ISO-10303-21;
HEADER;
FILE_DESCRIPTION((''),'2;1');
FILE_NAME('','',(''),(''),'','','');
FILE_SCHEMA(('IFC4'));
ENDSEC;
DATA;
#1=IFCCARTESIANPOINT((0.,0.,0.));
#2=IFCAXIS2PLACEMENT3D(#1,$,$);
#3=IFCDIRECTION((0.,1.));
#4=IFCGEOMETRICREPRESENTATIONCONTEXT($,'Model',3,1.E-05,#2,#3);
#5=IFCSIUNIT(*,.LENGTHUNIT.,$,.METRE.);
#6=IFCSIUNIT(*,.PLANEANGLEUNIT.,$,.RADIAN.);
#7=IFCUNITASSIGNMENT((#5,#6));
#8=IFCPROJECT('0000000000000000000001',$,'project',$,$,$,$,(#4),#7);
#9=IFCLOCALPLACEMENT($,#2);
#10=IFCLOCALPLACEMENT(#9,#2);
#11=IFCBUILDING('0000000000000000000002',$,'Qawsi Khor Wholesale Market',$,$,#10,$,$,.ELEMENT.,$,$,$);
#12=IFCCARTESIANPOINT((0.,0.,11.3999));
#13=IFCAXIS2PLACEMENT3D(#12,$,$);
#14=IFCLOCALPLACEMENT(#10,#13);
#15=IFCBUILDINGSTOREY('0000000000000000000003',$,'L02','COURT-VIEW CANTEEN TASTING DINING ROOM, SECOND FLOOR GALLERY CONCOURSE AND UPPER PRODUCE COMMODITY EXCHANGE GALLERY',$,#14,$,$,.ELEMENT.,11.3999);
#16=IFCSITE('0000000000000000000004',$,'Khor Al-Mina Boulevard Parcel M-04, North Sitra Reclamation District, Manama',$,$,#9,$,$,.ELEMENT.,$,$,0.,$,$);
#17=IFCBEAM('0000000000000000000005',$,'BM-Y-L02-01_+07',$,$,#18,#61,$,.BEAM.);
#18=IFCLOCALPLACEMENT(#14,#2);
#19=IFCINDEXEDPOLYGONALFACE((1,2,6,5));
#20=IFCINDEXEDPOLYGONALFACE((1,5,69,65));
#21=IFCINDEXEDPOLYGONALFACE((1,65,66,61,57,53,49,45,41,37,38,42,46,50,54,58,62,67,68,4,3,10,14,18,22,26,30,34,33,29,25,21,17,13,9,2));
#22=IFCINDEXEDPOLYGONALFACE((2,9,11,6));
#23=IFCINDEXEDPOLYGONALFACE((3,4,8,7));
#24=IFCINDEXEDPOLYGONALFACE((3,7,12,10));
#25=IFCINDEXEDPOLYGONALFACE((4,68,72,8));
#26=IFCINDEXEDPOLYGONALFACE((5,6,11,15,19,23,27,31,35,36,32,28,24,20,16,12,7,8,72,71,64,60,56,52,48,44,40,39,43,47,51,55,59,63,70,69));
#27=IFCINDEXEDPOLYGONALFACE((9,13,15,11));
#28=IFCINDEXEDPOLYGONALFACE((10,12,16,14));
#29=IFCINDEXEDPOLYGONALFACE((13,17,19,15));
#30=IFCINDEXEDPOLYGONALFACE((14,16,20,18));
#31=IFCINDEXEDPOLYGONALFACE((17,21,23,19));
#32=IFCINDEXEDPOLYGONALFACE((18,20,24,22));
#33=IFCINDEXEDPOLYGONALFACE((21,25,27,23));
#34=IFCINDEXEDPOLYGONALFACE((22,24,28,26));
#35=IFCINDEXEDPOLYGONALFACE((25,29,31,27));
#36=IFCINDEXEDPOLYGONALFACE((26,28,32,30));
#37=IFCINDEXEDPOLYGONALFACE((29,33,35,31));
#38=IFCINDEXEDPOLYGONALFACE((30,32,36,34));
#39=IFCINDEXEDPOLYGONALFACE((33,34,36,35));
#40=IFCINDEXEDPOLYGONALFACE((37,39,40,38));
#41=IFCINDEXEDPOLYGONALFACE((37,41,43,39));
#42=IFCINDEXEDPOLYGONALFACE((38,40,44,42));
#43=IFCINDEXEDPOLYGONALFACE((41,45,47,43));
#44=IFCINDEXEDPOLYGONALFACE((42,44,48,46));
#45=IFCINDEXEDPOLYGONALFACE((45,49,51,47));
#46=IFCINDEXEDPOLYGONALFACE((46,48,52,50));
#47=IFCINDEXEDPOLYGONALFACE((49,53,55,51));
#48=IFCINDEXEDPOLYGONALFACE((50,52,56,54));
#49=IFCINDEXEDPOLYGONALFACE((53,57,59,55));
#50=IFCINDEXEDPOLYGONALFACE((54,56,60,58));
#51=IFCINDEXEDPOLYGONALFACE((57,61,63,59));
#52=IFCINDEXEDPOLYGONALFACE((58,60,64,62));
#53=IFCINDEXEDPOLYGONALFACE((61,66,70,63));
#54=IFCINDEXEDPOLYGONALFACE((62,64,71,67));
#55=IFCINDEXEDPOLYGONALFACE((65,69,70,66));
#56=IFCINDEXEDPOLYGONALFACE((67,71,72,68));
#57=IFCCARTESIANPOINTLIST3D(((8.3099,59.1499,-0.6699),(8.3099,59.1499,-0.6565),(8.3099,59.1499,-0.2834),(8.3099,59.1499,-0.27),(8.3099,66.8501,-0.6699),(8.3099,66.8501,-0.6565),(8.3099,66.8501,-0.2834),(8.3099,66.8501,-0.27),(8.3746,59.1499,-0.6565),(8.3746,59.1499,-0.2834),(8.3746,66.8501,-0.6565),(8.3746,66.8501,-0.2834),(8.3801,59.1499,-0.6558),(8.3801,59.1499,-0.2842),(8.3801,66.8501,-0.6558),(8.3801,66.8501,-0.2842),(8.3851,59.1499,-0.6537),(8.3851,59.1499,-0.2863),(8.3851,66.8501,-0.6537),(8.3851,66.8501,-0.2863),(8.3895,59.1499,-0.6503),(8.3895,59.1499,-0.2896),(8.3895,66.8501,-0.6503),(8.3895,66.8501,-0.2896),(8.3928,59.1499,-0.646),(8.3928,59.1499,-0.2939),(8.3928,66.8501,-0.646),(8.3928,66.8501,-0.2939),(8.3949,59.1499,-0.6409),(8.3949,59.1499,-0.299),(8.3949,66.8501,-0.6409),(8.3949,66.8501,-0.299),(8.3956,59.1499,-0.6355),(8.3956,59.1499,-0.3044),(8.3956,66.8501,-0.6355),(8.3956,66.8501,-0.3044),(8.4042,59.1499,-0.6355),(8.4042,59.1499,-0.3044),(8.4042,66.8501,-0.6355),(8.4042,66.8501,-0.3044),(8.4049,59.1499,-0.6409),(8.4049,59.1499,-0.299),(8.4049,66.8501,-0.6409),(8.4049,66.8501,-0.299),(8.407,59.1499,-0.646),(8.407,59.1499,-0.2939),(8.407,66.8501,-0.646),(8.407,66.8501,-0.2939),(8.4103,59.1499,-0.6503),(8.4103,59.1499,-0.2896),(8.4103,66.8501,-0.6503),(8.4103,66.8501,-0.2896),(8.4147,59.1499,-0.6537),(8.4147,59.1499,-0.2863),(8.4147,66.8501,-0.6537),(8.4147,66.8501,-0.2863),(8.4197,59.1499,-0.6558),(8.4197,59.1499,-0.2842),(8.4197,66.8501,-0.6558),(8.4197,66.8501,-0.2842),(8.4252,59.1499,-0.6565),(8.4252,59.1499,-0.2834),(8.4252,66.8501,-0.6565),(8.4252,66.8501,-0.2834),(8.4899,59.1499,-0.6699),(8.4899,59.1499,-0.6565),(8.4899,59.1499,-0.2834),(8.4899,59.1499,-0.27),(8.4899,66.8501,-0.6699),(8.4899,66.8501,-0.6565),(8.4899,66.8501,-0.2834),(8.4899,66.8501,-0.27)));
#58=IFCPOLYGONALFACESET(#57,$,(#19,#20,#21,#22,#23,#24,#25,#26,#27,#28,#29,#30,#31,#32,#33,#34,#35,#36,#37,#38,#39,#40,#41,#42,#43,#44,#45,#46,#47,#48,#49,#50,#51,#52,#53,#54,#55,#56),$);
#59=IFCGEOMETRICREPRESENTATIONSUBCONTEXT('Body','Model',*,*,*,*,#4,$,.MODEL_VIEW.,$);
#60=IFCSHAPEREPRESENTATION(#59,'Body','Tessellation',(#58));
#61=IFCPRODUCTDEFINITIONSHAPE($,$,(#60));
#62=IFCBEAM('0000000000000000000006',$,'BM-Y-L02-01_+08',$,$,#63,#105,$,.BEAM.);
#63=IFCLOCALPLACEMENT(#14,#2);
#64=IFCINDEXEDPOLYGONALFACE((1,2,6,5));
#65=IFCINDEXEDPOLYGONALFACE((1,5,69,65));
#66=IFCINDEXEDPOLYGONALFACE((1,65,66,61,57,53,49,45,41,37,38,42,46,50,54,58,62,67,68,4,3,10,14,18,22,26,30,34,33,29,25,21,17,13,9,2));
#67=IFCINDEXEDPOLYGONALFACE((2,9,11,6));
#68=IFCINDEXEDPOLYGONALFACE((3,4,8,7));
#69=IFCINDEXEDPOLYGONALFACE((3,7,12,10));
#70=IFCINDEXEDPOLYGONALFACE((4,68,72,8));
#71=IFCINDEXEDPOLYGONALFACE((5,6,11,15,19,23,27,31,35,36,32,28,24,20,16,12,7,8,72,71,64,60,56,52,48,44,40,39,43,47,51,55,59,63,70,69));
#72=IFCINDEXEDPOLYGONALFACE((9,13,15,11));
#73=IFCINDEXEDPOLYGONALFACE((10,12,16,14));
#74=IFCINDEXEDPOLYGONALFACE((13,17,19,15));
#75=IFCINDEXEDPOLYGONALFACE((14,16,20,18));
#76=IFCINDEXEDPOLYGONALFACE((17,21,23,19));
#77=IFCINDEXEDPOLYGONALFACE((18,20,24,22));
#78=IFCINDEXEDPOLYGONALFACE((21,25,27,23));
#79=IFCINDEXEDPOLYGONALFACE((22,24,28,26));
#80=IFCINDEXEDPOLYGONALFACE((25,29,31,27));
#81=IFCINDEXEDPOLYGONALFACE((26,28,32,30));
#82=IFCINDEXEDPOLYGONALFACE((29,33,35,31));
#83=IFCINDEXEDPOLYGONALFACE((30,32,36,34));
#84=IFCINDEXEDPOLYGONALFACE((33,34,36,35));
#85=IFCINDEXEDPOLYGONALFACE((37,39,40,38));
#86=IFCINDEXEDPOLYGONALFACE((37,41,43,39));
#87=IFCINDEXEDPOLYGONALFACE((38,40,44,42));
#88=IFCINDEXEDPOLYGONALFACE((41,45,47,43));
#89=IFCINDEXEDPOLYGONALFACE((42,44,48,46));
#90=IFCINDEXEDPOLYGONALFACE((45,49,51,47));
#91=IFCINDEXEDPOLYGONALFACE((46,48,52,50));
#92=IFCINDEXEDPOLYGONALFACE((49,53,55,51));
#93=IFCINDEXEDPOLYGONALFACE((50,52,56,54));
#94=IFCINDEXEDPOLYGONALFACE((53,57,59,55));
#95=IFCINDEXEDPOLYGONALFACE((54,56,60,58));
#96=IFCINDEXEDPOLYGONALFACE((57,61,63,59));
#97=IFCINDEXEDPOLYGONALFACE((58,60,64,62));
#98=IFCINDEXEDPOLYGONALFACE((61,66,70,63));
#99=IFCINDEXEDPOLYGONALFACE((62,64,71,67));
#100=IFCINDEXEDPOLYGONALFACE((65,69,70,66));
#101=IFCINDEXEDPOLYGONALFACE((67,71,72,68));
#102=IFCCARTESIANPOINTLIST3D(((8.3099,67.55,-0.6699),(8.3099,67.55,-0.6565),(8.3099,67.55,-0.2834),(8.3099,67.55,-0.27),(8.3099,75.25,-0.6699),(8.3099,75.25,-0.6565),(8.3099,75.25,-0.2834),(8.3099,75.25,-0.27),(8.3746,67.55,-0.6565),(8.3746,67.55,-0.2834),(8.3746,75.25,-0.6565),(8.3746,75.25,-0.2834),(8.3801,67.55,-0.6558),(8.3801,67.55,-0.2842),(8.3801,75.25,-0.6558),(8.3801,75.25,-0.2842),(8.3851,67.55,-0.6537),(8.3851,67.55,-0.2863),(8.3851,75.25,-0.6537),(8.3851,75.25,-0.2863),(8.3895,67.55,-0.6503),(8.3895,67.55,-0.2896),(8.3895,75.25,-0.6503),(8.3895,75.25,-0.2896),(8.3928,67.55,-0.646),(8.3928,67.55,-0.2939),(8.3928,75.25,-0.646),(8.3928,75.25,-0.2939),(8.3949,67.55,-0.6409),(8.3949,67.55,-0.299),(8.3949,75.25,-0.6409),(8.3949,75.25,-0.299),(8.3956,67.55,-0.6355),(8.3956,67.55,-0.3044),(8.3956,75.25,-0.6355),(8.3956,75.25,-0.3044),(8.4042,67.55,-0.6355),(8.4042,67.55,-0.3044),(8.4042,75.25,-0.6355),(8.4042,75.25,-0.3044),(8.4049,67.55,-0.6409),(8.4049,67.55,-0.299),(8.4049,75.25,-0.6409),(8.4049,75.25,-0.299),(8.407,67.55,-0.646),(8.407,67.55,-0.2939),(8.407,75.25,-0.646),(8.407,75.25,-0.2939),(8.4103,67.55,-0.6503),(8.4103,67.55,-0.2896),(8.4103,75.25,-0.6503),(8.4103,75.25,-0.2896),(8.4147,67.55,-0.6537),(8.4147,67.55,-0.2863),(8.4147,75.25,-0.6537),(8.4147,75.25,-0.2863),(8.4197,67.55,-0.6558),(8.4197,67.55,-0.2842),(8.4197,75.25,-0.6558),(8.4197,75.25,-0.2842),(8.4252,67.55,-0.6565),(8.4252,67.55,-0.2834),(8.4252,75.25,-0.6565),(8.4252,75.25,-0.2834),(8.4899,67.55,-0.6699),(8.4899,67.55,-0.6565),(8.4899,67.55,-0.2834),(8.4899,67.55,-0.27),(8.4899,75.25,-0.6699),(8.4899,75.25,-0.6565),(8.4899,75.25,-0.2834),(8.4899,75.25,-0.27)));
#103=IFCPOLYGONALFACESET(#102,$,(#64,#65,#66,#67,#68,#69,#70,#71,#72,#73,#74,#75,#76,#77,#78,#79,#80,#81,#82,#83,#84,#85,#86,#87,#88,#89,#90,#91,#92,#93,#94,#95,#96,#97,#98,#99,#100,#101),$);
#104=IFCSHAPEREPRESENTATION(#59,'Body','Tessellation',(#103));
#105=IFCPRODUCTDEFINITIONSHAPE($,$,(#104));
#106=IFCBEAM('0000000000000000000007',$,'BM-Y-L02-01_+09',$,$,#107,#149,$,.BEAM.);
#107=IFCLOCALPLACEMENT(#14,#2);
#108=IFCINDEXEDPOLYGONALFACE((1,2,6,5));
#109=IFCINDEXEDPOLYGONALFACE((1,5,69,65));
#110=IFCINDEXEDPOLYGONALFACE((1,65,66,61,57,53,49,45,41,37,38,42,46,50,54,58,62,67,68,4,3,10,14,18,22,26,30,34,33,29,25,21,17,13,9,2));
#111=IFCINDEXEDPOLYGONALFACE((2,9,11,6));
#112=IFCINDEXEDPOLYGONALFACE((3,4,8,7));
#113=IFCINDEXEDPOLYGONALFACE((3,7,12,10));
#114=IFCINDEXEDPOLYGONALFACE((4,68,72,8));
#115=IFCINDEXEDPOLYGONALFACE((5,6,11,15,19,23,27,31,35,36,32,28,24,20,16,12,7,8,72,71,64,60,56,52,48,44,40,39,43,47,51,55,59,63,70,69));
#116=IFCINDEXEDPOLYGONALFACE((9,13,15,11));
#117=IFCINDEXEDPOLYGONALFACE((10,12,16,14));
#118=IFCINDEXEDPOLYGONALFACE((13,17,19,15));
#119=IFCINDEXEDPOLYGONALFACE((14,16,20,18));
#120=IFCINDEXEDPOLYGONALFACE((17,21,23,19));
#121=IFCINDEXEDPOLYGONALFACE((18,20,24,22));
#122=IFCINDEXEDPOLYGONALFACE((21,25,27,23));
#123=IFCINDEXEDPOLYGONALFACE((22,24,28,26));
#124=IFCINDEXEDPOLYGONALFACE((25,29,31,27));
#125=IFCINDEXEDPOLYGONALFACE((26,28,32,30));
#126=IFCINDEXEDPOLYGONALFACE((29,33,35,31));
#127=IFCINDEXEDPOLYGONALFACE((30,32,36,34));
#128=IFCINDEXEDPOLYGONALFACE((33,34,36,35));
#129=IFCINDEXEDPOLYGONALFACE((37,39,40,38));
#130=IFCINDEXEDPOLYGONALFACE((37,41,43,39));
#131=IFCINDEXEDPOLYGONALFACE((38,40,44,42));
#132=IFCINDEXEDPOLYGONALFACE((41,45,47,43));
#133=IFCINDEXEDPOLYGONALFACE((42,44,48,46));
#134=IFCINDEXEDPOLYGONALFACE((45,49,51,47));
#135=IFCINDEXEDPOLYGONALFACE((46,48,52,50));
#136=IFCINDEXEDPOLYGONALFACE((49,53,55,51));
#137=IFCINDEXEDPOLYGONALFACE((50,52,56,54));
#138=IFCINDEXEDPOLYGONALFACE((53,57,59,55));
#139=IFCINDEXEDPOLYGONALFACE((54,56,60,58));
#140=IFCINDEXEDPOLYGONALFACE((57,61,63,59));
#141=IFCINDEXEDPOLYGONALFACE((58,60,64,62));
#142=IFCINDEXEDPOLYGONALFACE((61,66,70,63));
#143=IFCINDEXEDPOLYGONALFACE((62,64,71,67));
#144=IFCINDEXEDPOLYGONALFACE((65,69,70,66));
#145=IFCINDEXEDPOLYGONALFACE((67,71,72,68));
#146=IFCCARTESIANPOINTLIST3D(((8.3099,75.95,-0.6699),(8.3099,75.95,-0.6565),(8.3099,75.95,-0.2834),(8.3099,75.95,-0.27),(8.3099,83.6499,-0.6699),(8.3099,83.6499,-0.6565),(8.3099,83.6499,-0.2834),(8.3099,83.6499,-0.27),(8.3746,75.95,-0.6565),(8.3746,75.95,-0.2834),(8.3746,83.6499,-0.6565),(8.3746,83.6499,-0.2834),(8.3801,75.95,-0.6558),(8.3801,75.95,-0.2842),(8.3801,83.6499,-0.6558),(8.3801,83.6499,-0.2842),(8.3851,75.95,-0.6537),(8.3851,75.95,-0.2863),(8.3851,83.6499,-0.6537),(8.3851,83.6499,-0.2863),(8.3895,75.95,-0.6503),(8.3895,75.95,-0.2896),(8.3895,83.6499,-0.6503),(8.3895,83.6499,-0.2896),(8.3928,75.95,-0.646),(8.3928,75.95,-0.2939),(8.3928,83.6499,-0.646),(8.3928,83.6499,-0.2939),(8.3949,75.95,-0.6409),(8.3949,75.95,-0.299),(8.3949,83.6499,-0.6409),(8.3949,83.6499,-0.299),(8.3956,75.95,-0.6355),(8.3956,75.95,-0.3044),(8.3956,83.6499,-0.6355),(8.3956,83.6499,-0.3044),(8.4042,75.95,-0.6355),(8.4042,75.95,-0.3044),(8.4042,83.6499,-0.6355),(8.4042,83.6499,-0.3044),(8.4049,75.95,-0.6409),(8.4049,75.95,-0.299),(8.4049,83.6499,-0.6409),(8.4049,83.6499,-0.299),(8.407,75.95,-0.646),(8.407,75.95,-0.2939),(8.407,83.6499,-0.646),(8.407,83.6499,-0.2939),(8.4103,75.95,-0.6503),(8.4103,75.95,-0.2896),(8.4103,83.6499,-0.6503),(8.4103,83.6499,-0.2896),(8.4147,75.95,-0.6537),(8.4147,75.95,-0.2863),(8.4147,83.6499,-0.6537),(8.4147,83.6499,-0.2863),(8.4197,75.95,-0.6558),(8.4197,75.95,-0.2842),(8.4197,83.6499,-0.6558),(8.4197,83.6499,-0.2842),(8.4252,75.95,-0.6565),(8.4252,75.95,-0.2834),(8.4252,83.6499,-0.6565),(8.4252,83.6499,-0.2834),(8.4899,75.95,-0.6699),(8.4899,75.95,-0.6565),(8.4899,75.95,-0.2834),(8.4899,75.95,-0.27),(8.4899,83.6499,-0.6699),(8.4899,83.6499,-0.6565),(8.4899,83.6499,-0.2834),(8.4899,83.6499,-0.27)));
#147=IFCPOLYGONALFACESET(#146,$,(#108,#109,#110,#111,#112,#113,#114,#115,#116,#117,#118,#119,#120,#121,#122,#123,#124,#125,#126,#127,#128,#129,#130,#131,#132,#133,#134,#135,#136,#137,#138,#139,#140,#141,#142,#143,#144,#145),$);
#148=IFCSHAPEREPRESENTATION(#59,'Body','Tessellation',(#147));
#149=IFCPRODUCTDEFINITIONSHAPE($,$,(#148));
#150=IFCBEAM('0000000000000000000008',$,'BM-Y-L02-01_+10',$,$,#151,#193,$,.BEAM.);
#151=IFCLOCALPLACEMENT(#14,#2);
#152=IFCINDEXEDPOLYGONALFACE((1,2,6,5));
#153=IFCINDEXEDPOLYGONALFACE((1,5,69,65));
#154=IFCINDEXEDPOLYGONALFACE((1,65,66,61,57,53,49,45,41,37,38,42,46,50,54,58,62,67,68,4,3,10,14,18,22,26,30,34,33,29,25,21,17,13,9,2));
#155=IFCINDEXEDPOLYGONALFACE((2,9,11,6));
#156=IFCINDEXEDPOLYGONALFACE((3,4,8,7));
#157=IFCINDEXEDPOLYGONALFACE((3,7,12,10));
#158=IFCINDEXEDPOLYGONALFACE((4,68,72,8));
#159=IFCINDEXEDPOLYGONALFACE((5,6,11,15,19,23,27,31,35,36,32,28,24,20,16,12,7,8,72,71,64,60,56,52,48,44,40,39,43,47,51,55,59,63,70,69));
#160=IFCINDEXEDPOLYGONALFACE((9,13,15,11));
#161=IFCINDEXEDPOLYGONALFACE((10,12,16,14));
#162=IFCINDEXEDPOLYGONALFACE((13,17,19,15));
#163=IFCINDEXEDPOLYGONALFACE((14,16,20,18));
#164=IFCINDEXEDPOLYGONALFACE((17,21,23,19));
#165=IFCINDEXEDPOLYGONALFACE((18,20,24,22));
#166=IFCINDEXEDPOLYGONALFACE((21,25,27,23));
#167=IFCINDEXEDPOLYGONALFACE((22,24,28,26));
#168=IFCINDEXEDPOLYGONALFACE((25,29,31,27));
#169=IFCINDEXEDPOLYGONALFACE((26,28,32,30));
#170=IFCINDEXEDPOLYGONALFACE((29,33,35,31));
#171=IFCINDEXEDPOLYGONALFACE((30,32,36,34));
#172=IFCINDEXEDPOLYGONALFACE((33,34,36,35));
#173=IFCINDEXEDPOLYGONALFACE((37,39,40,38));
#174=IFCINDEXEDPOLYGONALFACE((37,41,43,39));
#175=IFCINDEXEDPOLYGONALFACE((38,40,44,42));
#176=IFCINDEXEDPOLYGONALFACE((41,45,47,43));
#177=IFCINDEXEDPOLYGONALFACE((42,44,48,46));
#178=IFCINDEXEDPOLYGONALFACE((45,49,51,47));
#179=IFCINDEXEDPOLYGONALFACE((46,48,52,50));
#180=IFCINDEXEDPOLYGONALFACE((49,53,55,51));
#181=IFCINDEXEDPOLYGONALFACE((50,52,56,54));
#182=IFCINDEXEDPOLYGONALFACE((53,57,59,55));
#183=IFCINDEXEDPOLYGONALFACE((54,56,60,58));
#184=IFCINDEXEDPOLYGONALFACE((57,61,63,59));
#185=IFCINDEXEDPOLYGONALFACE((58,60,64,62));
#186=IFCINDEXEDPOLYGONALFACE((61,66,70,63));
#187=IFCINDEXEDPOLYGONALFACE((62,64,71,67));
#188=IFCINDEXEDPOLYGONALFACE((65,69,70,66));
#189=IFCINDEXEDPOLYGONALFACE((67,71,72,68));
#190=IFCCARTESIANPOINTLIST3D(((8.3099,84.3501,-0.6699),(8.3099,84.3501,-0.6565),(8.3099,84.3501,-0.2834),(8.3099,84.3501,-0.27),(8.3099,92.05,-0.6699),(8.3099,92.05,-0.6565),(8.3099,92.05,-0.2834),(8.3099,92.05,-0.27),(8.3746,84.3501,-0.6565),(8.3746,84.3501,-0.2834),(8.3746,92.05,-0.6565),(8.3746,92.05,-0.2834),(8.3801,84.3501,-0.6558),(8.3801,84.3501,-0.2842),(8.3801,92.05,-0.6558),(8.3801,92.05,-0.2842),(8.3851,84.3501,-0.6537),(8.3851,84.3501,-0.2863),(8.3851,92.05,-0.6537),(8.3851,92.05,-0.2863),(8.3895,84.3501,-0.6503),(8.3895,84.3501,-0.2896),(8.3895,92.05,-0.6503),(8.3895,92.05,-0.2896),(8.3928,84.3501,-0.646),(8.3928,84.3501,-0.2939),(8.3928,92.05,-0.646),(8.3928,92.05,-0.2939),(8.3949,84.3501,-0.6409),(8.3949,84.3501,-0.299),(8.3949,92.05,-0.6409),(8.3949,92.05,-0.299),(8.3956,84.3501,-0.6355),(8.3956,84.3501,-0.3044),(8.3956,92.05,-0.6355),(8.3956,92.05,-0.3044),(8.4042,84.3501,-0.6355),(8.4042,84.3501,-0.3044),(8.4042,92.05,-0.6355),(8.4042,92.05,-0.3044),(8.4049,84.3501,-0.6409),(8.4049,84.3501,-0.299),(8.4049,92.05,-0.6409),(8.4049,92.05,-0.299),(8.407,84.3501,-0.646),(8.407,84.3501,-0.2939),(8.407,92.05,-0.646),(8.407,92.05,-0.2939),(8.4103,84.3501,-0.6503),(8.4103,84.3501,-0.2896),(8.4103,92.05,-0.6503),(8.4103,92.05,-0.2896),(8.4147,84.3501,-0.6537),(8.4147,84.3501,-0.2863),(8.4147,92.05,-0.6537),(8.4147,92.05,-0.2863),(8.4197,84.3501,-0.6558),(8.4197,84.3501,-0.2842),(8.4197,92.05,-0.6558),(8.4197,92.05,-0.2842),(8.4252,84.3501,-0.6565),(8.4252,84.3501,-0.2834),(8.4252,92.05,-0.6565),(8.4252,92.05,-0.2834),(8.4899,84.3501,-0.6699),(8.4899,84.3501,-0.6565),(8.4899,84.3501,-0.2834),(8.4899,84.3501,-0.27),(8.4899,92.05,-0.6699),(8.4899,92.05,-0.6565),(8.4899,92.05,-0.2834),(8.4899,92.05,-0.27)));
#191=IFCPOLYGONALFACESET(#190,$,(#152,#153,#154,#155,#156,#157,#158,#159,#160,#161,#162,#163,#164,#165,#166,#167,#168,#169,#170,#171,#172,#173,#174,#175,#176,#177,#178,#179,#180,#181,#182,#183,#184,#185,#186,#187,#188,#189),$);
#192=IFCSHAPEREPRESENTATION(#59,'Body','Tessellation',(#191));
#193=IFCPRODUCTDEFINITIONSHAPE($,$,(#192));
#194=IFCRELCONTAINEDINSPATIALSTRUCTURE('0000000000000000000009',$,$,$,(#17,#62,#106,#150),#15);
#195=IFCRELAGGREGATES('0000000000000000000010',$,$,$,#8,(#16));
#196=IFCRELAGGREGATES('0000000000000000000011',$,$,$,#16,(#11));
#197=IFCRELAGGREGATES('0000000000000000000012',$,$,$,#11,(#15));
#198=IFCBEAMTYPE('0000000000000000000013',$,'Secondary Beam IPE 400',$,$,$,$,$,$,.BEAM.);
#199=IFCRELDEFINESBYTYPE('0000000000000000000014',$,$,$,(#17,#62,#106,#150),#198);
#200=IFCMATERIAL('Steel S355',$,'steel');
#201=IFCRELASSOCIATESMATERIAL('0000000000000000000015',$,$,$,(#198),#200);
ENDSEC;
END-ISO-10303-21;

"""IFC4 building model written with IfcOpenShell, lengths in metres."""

from ifc_helpers import new_model, si_unit, direction, frame, origin, origin_2d, place, context, subcontext, project, spatial, i_section, extrude, material, material_profile, profile_set, type_object, element, save


model = new_model("IFC4")

# Units and contexts
model_context = context("Model", 3, precision=1e-05, world=origin(), true_north=direction((0.0, 1.0)))
body_context = subcontext(model_context, "Body", "Model", "MODEL_VIEW")
ifc_project = project(units=[si_unit("LENGTHUNIT", "METRE"), si_unit("PLANEANGLEUNIT", "RADIAN")], contexts=[model_context])

# Site, building, storey
site_placement = place(None, origin())
site = spatial("IfcSite", under=ifc_project, at=site_placement, Name="Khor Al-Mina Boulevard Parcel M-04, North Sitra Reclamation District, Manama", CompositionType="ELEMENT", RefElevation=0.0)
building_placement = place(site_placement, origin())
building = spatial("IfcBuilding", under=site, at=building_placement, Name="Qawsi Khor Wholesale Market", CompositionType="ELEMENT")
storey_placement = place(building_placement, frame((0.0, 0.0, 11.3999)))
storey = spatial("IfcBuildingStorey", under=building, at=storey_placement, Name="L02", Description="COURT-VIEW CANTEEN TASTING DINING ROOM, SECOND FLOOR GALLERY CONCOURSE AND UPPER PRODUCE COMMODITY EXCHANGE GALLERY", CompositionType="ELEMENT", Elevation=11.3999)

# Beams
ifc_material_1 = material(Name="Steel S355", Category="steel")
ifc_material_profile_1 = material_profile(ifc_material_1, i_section(OverallWidth=0.1799, OverallDepth=0.3999, WebThickness=0.0085, FlangeThickness=0.0134, FilletRadius=0.021, at=origin_2d()), Name="IPE 400")
ifc_profile_set_1 = profile_set([ifc_material_profile_1], Name="Steel S355")
beam_type_1 = type_object("IfcBeamType", Name="Secondary Beam IPE 400", PredefinedType="BEAM", material=ifc_profile_set_1)
beam_1_placement = place(storey_placement, frame((8.3999, 59.1499, -0.47), z_axis=(0.0, 1.0, 0.0), x_axis=(-1.0, 0.0, 0.0)))
element("IfcBeam", 1, at=beam_1_placement, inside=storey, type_object=beam_type_1, Name="BM-Y-L02-01_+07", PredefinedType="BEAM", context=body_context, shape_type="SweptSolid", body=[
    extrude(i_section(OverallWidth=0.1799, OverallDepth=0.3999, WebThickness=0.0085, FlangeThickness=0.0134, FilletRadius=0.021, at=origin_2d()), origin(), (0.0, 0.0, 1.0), 7.7002),
])
for number, where, z_axis, x_axis, name in (
    (2, (8.3999, 67.55, -0.47), (0.0, 1.0, 0.0), (-1.0, 0.0, 0.0), "BM-Y-L02-01_+08"),
    (3, (8.3999, 75.95, -0.47), (0.0, 1.0, 0.0), (-1.0, 0.0, 0.0), "BM-Y-L02-01_+09"),
    (4, (8.3999, 84.3501, -0.47), (0.0, 1.0, 0.0), (-1.0, 0.0, 0.0), "BM-Y-L02-01_+10"),
):
    element("IfcBeam", number, at=place(storey_placement, frame(where, z_axis=z_axis, x_axis=x_axis)), inside=storey, type_object=beam_type_1, Name=name, PredefinedType="BEAM", context=body_context, shape_type="SweptSolid", body=[
        extrude(i_section(OverallWidth=0.1799, OverallDepth=0.3999, WebThickness=0.0085, FlangeThickness=0.0134, FilletRadius=0.021, at=origin_2d()), origin(), (0.0, 0.0, 1.0), 7.7),
    ])

save(model, "model.ifc")
